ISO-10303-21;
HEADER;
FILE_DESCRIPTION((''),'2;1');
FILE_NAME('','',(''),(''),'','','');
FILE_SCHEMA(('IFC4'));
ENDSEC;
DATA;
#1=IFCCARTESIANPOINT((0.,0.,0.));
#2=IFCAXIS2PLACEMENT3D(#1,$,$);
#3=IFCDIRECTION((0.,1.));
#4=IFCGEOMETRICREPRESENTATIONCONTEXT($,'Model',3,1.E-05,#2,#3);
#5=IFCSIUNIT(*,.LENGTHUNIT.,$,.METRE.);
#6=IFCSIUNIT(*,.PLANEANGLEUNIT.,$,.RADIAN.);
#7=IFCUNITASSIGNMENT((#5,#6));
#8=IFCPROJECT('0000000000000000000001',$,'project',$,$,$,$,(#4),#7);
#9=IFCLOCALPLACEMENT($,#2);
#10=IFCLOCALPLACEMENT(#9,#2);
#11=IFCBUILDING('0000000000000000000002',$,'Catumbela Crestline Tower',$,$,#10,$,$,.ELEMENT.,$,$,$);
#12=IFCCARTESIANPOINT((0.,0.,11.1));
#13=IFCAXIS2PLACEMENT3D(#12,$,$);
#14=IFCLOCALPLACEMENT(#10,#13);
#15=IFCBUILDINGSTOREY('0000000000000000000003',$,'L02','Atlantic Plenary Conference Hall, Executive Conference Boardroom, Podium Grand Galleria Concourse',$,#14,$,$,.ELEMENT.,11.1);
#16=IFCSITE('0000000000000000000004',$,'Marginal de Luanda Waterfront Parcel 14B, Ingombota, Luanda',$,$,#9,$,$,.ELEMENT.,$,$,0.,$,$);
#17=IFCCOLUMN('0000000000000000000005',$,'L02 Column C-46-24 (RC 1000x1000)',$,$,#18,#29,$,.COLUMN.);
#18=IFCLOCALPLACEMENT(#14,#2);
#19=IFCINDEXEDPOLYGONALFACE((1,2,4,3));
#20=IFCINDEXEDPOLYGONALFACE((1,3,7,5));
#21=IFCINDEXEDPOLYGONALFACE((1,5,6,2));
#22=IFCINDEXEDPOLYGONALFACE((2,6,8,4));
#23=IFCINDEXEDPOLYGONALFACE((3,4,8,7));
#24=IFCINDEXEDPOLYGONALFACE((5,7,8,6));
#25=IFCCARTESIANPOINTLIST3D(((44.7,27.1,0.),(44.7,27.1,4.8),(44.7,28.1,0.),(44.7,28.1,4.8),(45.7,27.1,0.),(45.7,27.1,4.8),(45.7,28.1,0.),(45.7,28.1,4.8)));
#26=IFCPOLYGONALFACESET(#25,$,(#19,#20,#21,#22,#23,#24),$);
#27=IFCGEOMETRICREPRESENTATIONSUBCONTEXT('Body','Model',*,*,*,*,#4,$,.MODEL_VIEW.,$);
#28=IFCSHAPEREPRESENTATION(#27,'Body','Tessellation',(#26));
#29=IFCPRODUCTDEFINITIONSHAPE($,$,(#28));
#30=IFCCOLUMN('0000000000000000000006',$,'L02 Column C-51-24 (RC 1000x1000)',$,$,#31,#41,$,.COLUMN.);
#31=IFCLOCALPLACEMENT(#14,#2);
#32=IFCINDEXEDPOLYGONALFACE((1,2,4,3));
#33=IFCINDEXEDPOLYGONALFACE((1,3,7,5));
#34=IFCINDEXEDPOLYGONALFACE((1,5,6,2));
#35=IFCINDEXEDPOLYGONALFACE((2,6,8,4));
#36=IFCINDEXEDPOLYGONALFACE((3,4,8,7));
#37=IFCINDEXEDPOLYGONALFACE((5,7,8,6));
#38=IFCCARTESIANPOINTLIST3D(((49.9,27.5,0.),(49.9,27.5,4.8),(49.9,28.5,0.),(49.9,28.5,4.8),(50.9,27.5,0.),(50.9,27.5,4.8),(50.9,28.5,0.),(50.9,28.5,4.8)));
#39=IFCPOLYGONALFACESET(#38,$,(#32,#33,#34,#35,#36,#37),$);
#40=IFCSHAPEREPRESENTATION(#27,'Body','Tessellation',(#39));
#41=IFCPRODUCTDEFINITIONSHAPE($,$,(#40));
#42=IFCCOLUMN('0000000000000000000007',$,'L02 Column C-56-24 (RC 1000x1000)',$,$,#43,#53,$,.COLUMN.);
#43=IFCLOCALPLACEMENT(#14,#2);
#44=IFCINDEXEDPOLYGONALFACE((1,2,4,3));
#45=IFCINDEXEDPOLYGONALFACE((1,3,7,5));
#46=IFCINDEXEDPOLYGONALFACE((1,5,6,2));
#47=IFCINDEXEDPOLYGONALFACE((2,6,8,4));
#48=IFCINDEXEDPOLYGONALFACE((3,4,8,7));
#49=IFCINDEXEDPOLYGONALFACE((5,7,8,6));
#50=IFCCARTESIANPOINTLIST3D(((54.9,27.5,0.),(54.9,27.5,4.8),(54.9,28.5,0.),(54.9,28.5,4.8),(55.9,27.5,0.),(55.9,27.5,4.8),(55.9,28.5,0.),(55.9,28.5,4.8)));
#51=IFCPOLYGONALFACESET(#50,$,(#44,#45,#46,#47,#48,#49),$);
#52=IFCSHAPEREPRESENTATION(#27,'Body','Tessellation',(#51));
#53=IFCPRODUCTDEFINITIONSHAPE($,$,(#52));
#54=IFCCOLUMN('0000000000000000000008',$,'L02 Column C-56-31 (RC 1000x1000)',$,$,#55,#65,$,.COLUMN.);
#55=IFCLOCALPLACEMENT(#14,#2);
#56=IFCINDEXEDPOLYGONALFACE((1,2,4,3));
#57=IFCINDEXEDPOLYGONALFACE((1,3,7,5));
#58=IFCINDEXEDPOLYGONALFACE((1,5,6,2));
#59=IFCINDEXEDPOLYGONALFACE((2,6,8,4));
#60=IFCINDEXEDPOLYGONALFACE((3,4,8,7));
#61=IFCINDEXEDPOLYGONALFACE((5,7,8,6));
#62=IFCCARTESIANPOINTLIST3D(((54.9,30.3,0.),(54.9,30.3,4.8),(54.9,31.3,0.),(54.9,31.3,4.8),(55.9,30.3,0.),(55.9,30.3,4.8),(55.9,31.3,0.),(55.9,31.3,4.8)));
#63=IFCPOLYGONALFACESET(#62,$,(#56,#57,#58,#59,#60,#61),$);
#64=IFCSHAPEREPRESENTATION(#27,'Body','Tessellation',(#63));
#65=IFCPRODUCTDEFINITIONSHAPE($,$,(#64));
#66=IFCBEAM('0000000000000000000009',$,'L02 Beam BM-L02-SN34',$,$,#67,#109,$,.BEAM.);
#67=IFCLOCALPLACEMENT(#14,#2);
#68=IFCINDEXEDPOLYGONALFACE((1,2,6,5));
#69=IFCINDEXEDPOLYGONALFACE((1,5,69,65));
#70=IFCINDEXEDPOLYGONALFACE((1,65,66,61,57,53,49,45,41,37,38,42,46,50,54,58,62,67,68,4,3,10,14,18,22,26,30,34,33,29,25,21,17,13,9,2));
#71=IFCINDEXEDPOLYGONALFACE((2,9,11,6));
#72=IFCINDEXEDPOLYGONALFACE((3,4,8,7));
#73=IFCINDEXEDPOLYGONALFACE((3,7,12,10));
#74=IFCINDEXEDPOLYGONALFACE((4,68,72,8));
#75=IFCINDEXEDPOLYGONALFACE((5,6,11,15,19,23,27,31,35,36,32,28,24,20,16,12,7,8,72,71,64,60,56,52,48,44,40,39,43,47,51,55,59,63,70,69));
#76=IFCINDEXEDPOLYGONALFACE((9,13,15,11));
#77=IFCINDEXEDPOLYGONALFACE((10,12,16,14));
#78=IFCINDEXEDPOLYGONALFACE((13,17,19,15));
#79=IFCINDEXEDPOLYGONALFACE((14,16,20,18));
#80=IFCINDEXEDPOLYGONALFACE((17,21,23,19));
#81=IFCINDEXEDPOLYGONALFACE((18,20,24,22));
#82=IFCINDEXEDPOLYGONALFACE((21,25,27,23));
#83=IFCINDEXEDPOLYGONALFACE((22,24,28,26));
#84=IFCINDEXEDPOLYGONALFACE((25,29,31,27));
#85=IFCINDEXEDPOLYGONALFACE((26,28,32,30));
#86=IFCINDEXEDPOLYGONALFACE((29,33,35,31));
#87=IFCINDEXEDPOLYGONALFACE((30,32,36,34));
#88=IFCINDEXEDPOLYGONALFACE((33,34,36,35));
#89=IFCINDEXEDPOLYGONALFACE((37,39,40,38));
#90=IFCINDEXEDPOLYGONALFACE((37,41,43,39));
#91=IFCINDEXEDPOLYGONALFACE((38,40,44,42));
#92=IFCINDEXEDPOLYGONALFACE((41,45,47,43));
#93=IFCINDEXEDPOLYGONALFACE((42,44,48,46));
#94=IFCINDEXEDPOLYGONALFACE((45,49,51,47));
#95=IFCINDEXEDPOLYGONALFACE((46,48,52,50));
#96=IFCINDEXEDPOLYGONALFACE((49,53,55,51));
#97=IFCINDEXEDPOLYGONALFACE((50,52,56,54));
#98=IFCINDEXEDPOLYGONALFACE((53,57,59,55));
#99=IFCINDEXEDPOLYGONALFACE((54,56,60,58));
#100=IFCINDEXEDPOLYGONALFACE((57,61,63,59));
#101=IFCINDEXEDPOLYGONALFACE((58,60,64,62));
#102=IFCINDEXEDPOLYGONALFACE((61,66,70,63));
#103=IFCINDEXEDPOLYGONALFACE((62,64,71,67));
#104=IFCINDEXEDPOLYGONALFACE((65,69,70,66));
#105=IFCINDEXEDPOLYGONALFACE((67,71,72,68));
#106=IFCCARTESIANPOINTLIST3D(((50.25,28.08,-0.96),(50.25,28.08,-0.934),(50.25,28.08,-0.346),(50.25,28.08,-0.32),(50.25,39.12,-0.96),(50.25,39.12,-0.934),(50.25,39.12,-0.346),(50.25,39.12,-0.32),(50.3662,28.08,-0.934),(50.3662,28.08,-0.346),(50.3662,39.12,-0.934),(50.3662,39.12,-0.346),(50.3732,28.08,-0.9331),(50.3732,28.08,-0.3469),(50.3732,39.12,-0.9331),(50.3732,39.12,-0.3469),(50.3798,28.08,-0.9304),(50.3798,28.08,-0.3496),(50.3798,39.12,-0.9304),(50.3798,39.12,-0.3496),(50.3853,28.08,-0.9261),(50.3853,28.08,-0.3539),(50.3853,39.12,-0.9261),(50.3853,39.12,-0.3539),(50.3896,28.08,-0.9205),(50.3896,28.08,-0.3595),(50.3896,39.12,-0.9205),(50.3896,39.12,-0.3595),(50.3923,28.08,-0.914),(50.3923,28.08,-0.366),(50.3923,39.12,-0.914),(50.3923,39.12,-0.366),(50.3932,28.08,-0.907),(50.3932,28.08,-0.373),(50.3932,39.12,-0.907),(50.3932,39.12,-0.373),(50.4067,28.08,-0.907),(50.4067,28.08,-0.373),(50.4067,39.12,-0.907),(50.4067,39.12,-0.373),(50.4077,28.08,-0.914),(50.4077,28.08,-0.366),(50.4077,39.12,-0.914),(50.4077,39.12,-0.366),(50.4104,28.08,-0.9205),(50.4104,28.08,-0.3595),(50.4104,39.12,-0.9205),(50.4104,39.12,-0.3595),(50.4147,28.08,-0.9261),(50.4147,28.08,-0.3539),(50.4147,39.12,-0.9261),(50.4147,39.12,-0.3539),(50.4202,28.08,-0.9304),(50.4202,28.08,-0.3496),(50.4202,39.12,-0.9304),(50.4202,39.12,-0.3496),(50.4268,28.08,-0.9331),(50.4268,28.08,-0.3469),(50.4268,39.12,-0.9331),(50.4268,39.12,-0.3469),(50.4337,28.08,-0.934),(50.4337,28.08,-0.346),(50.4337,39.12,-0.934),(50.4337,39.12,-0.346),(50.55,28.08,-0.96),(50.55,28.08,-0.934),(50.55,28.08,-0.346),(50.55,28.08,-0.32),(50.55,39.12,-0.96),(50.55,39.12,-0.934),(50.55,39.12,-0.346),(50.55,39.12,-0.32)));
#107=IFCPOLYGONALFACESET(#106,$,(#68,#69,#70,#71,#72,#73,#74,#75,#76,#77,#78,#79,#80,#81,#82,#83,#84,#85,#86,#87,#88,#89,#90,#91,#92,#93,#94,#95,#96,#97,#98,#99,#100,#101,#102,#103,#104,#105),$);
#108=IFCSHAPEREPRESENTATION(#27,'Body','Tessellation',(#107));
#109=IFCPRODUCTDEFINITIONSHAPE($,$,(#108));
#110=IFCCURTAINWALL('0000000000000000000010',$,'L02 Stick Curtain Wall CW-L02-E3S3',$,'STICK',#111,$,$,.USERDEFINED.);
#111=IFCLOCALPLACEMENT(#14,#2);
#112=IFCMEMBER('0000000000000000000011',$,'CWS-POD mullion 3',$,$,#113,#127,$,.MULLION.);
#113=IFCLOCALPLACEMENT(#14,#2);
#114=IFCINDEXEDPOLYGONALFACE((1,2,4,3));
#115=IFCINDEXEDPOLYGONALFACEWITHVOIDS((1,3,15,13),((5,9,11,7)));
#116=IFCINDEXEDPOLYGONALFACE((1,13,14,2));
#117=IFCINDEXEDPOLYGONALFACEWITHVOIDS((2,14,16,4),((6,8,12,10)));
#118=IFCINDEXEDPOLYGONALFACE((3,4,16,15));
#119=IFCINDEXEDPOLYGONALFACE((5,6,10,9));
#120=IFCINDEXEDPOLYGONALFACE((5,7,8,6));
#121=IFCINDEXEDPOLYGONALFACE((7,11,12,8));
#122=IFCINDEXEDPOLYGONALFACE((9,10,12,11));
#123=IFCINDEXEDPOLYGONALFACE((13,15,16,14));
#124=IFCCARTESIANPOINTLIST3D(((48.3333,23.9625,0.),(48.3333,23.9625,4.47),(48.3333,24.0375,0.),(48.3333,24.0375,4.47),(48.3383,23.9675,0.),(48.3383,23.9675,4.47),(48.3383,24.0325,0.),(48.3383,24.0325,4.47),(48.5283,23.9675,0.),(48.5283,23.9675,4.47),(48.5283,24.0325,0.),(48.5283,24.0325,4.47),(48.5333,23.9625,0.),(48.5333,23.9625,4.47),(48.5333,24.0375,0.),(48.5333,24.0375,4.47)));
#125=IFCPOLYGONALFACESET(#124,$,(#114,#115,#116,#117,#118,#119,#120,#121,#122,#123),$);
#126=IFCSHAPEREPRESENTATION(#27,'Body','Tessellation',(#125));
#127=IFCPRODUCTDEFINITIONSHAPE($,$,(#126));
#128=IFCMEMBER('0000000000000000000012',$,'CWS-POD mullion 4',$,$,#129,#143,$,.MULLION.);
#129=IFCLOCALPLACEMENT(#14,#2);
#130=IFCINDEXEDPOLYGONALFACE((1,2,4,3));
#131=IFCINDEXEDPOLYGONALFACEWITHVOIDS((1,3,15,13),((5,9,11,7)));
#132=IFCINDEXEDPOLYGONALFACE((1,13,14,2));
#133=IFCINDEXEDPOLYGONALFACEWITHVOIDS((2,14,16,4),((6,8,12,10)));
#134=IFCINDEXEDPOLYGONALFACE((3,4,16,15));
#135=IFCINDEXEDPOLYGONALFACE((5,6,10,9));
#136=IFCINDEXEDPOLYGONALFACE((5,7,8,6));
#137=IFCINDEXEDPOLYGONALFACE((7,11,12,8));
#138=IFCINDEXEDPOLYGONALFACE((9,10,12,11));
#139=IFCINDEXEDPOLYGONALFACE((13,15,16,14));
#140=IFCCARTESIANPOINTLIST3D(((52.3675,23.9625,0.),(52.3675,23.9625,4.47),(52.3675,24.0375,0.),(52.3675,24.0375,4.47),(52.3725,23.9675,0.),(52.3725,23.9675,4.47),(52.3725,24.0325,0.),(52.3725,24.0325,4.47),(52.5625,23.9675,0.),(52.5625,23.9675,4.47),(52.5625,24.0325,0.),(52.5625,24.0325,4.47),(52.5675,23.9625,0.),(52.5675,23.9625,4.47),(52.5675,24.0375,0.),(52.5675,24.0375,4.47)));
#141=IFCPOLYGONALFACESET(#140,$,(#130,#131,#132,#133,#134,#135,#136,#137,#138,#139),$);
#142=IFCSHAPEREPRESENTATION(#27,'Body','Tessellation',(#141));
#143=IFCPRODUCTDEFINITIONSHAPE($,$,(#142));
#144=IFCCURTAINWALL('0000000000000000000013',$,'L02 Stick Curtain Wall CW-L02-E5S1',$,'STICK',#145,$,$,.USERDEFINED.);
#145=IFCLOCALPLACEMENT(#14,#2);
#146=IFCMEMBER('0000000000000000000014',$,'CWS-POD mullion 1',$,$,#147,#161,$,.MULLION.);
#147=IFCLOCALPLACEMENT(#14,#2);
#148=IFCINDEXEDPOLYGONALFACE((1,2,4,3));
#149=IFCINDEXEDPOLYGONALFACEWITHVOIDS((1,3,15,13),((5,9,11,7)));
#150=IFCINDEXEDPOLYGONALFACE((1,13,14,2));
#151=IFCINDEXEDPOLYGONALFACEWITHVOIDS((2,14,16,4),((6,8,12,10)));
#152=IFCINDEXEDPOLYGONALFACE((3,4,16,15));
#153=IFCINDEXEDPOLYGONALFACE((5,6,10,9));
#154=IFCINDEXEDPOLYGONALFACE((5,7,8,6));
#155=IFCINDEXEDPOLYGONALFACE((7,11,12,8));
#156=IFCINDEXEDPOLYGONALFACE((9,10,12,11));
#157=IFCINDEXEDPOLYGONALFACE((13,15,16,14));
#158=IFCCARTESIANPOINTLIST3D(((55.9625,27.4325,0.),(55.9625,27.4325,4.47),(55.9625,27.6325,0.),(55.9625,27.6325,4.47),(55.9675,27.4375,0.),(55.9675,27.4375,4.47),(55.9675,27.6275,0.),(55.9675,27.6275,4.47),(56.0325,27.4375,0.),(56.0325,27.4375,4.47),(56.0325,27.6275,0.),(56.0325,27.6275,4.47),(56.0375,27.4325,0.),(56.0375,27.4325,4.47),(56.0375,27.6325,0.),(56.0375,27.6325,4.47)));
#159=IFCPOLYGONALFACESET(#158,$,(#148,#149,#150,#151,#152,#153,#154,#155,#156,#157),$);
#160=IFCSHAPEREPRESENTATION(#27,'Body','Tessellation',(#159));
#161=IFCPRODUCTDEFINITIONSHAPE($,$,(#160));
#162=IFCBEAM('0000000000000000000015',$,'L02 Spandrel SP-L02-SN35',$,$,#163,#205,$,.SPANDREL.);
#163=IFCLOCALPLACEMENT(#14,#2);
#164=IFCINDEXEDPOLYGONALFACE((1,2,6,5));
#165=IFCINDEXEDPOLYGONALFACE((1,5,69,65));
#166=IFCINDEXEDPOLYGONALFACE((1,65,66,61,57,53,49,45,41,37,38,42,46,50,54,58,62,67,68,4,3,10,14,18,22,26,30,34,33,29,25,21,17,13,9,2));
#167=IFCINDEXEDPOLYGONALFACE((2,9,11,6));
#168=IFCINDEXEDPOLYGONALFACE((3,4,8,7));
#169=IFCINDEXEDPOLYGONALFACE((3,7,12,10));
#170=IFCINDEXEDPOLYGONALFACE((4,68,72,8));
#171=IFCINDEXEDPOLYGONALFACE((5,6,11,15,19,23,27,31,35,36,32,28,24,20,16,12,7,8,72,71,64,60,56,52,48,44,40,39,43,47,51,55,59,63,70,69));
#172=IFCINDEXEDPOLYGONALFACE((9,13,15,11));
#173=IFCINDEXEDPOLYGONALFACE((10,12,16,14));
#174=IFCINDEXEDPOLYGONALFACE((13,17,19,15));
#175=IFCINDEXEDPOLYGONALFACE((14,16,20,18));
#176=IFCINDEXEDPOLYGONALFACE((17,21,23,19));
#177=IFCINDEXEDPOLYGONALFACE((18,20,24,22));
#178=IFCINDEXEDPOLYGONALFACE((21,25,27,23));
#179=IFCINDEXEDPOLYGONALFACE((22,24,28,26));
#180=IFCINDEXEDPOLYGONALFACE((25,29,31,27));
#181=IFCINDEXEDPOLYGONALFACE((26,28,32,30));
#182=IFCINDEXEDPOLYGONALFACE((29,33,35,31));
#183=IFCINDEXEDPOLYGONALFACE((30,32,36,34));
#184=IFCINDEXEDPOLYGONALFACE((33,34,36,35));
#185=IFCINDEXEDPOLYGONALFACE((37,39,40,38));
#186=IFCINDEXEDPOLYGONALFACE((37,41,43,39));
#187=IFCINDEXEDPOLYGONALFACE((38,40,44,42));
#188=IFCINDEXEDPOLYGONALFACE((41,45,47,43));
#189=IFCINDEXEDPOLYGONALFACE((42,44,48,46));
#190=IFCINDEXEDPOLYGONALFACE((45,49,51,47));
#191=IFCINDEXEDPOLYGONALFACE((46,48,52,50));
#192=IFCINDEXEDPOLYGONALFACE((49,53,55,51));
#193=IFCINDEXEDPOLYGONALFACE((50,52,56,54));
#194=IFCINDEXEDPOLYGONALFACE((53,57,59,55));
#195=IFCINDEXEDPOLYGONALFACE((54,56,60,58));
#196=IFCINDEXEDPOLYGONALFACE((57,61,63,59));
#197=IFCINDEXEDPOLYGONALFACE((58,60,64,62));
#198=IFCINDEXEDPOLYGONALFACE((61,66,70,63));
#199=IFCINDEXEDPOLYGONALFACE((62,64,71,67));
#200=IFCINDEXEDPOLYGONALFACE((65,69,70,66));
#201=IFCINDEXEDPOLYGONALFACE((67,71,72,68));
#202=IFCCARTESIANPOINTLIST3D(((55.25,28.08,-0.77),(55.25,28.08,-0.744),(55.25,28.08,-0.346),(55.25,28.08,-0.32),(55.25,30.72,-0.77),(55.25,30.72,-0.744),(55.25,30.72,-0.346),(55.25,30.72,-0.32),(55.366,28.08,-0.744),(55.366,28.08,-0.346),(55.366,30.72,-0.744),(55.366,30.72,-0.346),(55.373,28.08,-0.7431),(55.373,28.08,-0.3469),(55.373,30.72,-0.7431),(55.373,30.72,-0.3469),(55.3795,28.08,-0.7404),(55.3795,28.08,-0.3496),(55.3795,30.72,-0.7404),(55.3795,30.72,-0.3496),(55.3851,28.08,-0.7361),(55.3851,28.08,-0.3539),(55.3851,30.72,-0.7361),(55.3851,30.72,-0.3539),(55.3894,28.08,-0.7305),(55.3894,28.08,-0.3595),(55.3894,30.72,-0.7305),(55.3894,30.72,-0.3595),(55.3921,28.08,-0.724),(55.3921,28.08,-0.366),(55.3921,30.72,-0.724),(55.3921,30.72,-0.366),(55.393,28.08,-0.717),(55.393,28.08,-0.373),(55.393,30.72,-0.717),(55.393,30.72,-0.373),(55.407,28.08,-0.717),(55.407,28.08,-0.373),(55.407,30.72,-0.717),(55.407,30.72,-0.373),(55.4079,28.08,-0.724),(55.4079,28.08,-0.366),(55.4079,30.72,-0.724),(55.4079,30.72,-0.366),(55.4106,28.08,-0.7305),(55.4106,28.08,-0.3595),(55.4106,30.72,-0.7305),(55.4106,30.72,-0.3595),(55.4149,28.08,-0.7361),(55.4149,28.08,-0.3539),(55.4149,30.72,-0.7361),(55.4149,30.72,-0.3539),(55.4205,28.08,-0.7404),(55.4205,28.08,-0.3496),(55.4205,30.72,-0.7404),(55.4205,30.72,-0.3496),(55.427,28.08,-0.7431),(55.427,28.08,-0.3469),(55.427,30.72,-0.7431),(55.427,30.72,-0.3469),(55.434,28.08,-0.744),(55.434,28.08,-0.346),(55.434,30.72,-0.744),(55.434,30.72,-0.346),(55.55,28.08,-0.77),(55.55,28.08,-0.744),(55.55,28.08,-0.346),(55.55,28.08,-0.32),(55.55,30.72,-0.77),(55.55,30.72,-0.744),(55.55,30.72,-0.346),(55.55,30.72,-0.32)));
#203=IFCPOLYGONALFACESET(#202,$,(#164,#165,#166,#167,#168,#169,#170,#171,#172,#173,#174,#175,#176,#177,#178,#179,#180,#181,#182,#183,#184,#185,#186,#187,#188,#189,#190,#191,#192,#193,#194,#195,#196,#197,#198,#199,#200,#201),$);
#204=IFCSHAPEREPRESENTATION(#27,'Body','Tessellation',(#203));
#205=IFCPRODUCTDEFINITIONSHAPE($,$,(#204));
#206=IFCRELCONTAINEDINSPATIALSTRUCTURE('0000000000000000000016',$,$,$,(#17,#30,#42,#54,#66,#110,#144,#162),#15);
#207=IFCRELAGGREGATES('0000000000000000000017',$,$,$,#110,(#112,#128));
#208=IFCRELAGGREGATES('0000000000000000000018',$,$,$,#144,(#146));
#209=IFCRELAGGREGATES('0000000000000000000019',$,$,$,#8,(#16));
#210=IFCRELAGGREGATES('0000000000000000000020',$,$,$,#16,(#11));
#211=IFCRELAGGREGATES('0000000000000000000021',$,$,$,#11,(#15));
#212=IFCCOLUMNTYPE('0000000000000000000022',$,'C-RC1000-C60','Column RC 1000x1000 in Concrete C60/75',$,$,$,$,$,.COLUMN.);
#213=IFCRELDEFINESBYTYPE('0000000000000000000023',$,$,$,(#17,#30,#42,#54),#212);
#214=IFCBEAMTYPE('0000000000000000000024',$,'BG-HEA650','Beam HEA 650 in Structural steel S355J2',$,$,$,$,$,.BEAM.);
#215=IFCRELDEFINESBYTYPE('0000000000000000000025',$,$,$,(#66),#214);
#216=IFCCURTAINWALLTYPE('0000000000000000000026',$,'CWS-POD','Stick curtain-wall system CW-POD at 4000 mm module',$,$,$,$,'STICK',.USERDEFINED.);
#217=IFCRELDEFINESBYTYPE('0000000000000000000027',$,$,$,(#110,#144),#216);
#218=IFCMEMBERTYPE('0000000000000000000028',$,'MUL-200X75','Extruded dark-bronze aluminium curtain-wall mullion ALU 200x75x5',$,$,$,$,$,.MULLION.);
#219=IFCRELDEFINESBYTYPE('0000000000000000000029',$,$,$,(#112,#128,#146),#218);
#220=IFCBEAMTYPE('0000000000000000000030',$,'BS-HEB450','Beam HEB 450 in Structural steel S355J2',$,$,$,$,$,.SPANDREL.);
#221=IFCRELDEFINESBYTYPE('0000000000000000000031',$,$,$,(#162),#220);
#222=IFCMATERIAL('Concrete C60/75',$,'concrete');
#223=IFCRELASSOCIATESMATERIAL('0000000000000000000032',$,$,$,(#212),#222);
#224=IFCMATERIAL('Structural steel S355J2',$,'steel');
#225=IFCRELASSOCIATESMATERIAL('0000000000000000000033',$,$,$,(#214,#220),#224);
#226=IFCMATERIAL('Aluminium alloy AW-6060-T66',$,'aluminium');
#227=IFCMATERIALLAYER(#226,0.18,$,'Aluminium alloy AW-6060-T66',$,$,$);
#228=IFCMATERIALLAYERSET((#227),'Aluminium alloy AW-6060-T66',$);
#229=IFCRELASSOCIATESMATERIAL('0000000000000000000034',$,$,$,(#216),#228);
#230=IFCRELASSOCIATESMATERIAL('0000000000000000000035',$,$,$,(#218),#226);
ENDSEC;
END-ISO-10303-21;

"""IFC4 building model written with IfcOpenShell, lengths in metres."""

from ifc_helpers import new_model, si_unit, direction, frame, origin, origin_2d, place, context, subcontext, project, spatial, rectangle, hollow_rectangle, i_section, extrude, material, layer, layer_set, material_profile, profile_set, type_object, element, aggregate, save


model = new_model("IFC4")

# Units and contexts
model_context = context("Model", 3, precision=1e-05, world=origin(), true_north=direction((0.0, 1.0)))
body_context = subcontext(model_context, "Body", "Model", "MODEL_VIEW")
ifc_project = project(units=[si_unit("LENGTHUNIT", "METRE"), si_unit("PLANEANGLEUNIT", "RADIAN")], contexts=[model_context])

# Site, building, storey
site_placement = place(None, origin())
site = spatial("IfcSite", under=ifc_project, at=site_placement, Name="Marginal de Luanda Waterfront Parcel 14B, Ingombota, Luanda", CompositionType="ELEMENT", RefElevation=0.0)
building_placement = place(site_placement, origin())
building = spatial("IfcBuilding", under=site, at=building_placement, Name="Catumbela Crestline Tower", CompositionType="ELEMENT")
storey_placement = place(building_placement, frame((0.0, 0.0, 11.1)))
storey = spatial("IfcBuildingStorey", under=building, at=storey_placement, Name="L02", Description="Atlantic Plenary Conference Hall, Executive Conference Boardroom, Podium Grand Galleria Concourse", CompositionType="ELEMENT", Elevation=11.1)

# Columns
ifc_material_1 = material(Name="Concrete C60/75", Category="concrete")
ifc_material_profile_1 = material_profile(ifc_material_1, rectangle(XDim=1.0, YDim=1.0, at=origin_2d()), Name="RC 1000x1000")
ifc_profile_set_1 = profile_set([ifc_material_profile_1], Name="Concrete C60/75")
column_type = type_object("IfcColumnType", Name="C-RC1000-C60", Description="Column RC 1000x1000 in Concrete C60/75", PredefinedType="COLUMN", material=ifc_profile_set_1)
for number, where, z_axis, x_axis, name in (
    (1, (45.2, 27.6, 0.0), (0.0, 0.0, 1.0), (1.0, 0.0, 0.0), "L02 Column C-46-24 (RC 1000x1000)"),
    (2, (50.4, 28.0, 0.0), (0.0, 0.0, 1.0), (1.0, 0.0, 0.0), "L02 Column C-51-24 (RC 1000x1000)"),
    (3, (55.4, 28.0, 0.0), (0.0, 0.0, 1.0), (1.0, 0.0, 0.0), "L02 Column C-56-24 (RC 1000x1000)"),
    (4, (55.4, 30.8, 0.0), (0.0, 0.0, 1.0), (1.0, 0.0, 0.0), "L02 Column C-56-31 (RC 1000x1000)"),
):
    element("IfcColumn", number, at=place(storey_placement, frame(where, z_axis=z_axis, x_axis=x_axis)), inside=storey, type_object=column_type, Name=name, PredefinedType="COLUMN", context=body_context, shape_type="SweptSolid", body=[
        extrude(rectangle(XDim=1.0, YDim=1.0, at=origin_2d()), origin(), (0.0, 0.0, 1.0), 4.8),
    ])

# Beam
ifc_material_2 = material(Name="Structural steel S355J2", Category="steel")
ifc_material_profile_2 = material_profile(ifc_material_2, i_section(OverallWidth=0.3, OverallDepth=0.64, WebThickness=0.0135, FlangeThickness=0.026, FilletRadius=0.027, at=origin_2d()), Name="HEA 650")
ifc_profile_set_2 = profile_set([ifc_material_profile_2], Name="Structural steel S355J2")
beam_type_1 = type_object("IfcBeamType", Name="BG-HEA650", Description="Beam HEA 650 in Structural steel S355J2", PredefinedType="BEAM", material=ifc_profile_set_2)
beam_1_placement = place(storey_placement, frame((50.4, 28.08, -0.64), z_axis=(0.0, 1.0, 0.0), x_axis=(-1.0, 0.0, 0.0)))
element("IfcBeam", 5, at=beam_1_placement, inside=storey, type_object=beam_type_1, Name="L02 Beam BM-L02-SN34", PredefinedType="BEAM", context=body_context, shape_type="SweptSolid", body=[
    extrude(i_section(OverallWidth=0.3, OverallDepth=0.64, WebThickness=0.0135, FlangeThickness=0.026, FilletRadius=0.027, at=origin_2d()), origin(), (0.0, 0.0, 1.0), 11.04),
])

# Curtain wall, members
ifc_material_3 = material(Name="Aluminium alloy AW-6060-T66", Category="aluminium")
ifc_layer_1 = layer(ifc_material_3, 0.18, Name="Aluminium alloy AW-6060-T66")
ifc_layer_set_1 = layer_set([ifc_layer_1], Name="Aluminium alloy AW-6060-T66")
curtain_wall_type = type_object("IfcCurtainWallType", Name="CWS-POD", Description="Stick curtain-wall system CW-POD at 4000 mm module", ElementType="STICK", PredefinedType="USERDEFINED", material=ifc_layer_set_1)
curtain_wall_1_placement = place(storey_placement, origin())
curtain_wall_1 = element("IfcCurtainWall", 6, at=curtain_wall_1_placement, inside=storey, type_object=curtain_wall_type, Name="L02 Stick Curtain Wall CW-L02-E3S3", ObjectType="STICK", PredefinedType="USERDEFINED")
ifc_material_profile_3 = material_profile(ifc_material_3, hollow_rectangle(XDim=0.075, YDim=0.2, WallThickness=0.005, at=origin_2d()), Name="ALU 200x75x5")
ifc_profile_set_3 = profile_set([ifc_material_profile_3], Name="Aluminium alloy AW-6060-T66")
member_type_1 = type_object("IfcMemberType", Name="MUL-200X75", Description="Extruded dark-bronze aluminium curtain-wall mullion ALU 200x75x5", PredefinedType="MULLION", material=ifc_profile_set_3)
member_1_placement = place(storey_placement, frame((48.4333, 24.0, 0.0), z_axis=(0.0, 0.0, 1.0), x_axis=(0.0, 1.0, 0.0)))
member_1 = element("IfcMember", 7, at=member_1_placement, type_object=member_type_1, Name="CWS-POD mullion 3", PredefinedType="MULLION", context=body_context, shape_type="SweptSolid", body=[
    extrude(hollow_rectangle(XDim=0.075, YDim=0.2, WallThickness=0.005, at=origin_2d()), origin(), (0.0, 0.0, 1.0), 4.47),
])
member_2_placement = place(storey_placement, frame((52.4675, 24.0, 0.0), z_axis=(0.0, 0.0, 1.0), x_axis=(0.0, 1.0, 0.0)))
member_2 = element("IfcMember", 8, at=member_2_placement, type_object=member_type_1, Name="CWS-POD mullion 4", PredefinedType="MULLION", context=body_context, shape_type="SweptSolid", body=[
    extrude(hollow_rectangle(XDim=0.075, YDim=0.2, WallThickness=0.005, at=origin_2d()), origin(), (0.0, 0.0, 1.0), 4.47),
])

# Curtain wall, member
curtain_wall_2_placement = place(storey_placement, origin())
curtain_wall_2 = element("IfcCurtainWall", 9, at=curtain_wall_2_placement, inside=storey, type_object=curtain_wall_type, Name="L02 Stick Curtain Wall CW-L02-E5S1", ObjectType="STICK", PredefinedType="USERDEFINED")
member_3_placement = place(storey_placement, frame((56.0, 27.5325, 0.0), z_axis=(0.0, 0.0, 1.0), x_axis=(-1.0, 0.0, 0.0)))
member_3 = element("IfcMember", 10, at=member_3_placement, type_object=member_type_1, Name="CWS-POD mullion 1", PredefinedType="MULLION", context=body_context, shape_type="SweptSolid", body=[
    extrude(hollow_rectangle(XDim=0.075, YDim=0.2, WallThickness=0.005, at=origin_2d()), origin(), (0.0, 0.0, 1.0), 4.47),
])

# Beam
ifc_material_profile_4 = material_profile(ifc_material_2, i_section(OverallWidth=0.3, OverallDepth=0.45, WebThickness=0.014, FlangeThickness=0.026, FilletRadius=0.027, at=origin_2d()), Name="HEB 450")
ifc_profile_set_4 = profile_set([ifc_material_profile_4], Name="Structural steel S355J2")
beam_type_2 = type_object("IfcBeamType", Name="BS-HEB450", Description="Beam HEB 450 in Structural steel S355J2", PredefinedType="SPANDREL", material=ifc_profile_set_4)
beam_2_placement = place(storey_placement, frame((55.4, 28.08, -0.545), z_axis=(0.0, 1.0, 0.0), x_axis=(-1.0, 0.0, 0.0)))
element("IfcBeam", 11, at=beam_2_placement, inside=storey, type_object=beam_type_2, Name="L02 Spandrel SP-L02-SN35", PredefinedType="SPANDREL", context=body_context, shape_type="SweptSolid", body=[
    extrude(i_section(OverallWidth=0.3, OverallDepth=0.45, WebThickness=0.014, FlangeThickness=0.026, FilletRadius=0.027, at=origin_2d()), origin(), (0.0, 0.0, 1.0), 2.64),
])

aggregate(curtain_wall_1, [member_1, member_2])
aggregate(curtain_wall_2, [member_3])

save(model, "model.ifc")
